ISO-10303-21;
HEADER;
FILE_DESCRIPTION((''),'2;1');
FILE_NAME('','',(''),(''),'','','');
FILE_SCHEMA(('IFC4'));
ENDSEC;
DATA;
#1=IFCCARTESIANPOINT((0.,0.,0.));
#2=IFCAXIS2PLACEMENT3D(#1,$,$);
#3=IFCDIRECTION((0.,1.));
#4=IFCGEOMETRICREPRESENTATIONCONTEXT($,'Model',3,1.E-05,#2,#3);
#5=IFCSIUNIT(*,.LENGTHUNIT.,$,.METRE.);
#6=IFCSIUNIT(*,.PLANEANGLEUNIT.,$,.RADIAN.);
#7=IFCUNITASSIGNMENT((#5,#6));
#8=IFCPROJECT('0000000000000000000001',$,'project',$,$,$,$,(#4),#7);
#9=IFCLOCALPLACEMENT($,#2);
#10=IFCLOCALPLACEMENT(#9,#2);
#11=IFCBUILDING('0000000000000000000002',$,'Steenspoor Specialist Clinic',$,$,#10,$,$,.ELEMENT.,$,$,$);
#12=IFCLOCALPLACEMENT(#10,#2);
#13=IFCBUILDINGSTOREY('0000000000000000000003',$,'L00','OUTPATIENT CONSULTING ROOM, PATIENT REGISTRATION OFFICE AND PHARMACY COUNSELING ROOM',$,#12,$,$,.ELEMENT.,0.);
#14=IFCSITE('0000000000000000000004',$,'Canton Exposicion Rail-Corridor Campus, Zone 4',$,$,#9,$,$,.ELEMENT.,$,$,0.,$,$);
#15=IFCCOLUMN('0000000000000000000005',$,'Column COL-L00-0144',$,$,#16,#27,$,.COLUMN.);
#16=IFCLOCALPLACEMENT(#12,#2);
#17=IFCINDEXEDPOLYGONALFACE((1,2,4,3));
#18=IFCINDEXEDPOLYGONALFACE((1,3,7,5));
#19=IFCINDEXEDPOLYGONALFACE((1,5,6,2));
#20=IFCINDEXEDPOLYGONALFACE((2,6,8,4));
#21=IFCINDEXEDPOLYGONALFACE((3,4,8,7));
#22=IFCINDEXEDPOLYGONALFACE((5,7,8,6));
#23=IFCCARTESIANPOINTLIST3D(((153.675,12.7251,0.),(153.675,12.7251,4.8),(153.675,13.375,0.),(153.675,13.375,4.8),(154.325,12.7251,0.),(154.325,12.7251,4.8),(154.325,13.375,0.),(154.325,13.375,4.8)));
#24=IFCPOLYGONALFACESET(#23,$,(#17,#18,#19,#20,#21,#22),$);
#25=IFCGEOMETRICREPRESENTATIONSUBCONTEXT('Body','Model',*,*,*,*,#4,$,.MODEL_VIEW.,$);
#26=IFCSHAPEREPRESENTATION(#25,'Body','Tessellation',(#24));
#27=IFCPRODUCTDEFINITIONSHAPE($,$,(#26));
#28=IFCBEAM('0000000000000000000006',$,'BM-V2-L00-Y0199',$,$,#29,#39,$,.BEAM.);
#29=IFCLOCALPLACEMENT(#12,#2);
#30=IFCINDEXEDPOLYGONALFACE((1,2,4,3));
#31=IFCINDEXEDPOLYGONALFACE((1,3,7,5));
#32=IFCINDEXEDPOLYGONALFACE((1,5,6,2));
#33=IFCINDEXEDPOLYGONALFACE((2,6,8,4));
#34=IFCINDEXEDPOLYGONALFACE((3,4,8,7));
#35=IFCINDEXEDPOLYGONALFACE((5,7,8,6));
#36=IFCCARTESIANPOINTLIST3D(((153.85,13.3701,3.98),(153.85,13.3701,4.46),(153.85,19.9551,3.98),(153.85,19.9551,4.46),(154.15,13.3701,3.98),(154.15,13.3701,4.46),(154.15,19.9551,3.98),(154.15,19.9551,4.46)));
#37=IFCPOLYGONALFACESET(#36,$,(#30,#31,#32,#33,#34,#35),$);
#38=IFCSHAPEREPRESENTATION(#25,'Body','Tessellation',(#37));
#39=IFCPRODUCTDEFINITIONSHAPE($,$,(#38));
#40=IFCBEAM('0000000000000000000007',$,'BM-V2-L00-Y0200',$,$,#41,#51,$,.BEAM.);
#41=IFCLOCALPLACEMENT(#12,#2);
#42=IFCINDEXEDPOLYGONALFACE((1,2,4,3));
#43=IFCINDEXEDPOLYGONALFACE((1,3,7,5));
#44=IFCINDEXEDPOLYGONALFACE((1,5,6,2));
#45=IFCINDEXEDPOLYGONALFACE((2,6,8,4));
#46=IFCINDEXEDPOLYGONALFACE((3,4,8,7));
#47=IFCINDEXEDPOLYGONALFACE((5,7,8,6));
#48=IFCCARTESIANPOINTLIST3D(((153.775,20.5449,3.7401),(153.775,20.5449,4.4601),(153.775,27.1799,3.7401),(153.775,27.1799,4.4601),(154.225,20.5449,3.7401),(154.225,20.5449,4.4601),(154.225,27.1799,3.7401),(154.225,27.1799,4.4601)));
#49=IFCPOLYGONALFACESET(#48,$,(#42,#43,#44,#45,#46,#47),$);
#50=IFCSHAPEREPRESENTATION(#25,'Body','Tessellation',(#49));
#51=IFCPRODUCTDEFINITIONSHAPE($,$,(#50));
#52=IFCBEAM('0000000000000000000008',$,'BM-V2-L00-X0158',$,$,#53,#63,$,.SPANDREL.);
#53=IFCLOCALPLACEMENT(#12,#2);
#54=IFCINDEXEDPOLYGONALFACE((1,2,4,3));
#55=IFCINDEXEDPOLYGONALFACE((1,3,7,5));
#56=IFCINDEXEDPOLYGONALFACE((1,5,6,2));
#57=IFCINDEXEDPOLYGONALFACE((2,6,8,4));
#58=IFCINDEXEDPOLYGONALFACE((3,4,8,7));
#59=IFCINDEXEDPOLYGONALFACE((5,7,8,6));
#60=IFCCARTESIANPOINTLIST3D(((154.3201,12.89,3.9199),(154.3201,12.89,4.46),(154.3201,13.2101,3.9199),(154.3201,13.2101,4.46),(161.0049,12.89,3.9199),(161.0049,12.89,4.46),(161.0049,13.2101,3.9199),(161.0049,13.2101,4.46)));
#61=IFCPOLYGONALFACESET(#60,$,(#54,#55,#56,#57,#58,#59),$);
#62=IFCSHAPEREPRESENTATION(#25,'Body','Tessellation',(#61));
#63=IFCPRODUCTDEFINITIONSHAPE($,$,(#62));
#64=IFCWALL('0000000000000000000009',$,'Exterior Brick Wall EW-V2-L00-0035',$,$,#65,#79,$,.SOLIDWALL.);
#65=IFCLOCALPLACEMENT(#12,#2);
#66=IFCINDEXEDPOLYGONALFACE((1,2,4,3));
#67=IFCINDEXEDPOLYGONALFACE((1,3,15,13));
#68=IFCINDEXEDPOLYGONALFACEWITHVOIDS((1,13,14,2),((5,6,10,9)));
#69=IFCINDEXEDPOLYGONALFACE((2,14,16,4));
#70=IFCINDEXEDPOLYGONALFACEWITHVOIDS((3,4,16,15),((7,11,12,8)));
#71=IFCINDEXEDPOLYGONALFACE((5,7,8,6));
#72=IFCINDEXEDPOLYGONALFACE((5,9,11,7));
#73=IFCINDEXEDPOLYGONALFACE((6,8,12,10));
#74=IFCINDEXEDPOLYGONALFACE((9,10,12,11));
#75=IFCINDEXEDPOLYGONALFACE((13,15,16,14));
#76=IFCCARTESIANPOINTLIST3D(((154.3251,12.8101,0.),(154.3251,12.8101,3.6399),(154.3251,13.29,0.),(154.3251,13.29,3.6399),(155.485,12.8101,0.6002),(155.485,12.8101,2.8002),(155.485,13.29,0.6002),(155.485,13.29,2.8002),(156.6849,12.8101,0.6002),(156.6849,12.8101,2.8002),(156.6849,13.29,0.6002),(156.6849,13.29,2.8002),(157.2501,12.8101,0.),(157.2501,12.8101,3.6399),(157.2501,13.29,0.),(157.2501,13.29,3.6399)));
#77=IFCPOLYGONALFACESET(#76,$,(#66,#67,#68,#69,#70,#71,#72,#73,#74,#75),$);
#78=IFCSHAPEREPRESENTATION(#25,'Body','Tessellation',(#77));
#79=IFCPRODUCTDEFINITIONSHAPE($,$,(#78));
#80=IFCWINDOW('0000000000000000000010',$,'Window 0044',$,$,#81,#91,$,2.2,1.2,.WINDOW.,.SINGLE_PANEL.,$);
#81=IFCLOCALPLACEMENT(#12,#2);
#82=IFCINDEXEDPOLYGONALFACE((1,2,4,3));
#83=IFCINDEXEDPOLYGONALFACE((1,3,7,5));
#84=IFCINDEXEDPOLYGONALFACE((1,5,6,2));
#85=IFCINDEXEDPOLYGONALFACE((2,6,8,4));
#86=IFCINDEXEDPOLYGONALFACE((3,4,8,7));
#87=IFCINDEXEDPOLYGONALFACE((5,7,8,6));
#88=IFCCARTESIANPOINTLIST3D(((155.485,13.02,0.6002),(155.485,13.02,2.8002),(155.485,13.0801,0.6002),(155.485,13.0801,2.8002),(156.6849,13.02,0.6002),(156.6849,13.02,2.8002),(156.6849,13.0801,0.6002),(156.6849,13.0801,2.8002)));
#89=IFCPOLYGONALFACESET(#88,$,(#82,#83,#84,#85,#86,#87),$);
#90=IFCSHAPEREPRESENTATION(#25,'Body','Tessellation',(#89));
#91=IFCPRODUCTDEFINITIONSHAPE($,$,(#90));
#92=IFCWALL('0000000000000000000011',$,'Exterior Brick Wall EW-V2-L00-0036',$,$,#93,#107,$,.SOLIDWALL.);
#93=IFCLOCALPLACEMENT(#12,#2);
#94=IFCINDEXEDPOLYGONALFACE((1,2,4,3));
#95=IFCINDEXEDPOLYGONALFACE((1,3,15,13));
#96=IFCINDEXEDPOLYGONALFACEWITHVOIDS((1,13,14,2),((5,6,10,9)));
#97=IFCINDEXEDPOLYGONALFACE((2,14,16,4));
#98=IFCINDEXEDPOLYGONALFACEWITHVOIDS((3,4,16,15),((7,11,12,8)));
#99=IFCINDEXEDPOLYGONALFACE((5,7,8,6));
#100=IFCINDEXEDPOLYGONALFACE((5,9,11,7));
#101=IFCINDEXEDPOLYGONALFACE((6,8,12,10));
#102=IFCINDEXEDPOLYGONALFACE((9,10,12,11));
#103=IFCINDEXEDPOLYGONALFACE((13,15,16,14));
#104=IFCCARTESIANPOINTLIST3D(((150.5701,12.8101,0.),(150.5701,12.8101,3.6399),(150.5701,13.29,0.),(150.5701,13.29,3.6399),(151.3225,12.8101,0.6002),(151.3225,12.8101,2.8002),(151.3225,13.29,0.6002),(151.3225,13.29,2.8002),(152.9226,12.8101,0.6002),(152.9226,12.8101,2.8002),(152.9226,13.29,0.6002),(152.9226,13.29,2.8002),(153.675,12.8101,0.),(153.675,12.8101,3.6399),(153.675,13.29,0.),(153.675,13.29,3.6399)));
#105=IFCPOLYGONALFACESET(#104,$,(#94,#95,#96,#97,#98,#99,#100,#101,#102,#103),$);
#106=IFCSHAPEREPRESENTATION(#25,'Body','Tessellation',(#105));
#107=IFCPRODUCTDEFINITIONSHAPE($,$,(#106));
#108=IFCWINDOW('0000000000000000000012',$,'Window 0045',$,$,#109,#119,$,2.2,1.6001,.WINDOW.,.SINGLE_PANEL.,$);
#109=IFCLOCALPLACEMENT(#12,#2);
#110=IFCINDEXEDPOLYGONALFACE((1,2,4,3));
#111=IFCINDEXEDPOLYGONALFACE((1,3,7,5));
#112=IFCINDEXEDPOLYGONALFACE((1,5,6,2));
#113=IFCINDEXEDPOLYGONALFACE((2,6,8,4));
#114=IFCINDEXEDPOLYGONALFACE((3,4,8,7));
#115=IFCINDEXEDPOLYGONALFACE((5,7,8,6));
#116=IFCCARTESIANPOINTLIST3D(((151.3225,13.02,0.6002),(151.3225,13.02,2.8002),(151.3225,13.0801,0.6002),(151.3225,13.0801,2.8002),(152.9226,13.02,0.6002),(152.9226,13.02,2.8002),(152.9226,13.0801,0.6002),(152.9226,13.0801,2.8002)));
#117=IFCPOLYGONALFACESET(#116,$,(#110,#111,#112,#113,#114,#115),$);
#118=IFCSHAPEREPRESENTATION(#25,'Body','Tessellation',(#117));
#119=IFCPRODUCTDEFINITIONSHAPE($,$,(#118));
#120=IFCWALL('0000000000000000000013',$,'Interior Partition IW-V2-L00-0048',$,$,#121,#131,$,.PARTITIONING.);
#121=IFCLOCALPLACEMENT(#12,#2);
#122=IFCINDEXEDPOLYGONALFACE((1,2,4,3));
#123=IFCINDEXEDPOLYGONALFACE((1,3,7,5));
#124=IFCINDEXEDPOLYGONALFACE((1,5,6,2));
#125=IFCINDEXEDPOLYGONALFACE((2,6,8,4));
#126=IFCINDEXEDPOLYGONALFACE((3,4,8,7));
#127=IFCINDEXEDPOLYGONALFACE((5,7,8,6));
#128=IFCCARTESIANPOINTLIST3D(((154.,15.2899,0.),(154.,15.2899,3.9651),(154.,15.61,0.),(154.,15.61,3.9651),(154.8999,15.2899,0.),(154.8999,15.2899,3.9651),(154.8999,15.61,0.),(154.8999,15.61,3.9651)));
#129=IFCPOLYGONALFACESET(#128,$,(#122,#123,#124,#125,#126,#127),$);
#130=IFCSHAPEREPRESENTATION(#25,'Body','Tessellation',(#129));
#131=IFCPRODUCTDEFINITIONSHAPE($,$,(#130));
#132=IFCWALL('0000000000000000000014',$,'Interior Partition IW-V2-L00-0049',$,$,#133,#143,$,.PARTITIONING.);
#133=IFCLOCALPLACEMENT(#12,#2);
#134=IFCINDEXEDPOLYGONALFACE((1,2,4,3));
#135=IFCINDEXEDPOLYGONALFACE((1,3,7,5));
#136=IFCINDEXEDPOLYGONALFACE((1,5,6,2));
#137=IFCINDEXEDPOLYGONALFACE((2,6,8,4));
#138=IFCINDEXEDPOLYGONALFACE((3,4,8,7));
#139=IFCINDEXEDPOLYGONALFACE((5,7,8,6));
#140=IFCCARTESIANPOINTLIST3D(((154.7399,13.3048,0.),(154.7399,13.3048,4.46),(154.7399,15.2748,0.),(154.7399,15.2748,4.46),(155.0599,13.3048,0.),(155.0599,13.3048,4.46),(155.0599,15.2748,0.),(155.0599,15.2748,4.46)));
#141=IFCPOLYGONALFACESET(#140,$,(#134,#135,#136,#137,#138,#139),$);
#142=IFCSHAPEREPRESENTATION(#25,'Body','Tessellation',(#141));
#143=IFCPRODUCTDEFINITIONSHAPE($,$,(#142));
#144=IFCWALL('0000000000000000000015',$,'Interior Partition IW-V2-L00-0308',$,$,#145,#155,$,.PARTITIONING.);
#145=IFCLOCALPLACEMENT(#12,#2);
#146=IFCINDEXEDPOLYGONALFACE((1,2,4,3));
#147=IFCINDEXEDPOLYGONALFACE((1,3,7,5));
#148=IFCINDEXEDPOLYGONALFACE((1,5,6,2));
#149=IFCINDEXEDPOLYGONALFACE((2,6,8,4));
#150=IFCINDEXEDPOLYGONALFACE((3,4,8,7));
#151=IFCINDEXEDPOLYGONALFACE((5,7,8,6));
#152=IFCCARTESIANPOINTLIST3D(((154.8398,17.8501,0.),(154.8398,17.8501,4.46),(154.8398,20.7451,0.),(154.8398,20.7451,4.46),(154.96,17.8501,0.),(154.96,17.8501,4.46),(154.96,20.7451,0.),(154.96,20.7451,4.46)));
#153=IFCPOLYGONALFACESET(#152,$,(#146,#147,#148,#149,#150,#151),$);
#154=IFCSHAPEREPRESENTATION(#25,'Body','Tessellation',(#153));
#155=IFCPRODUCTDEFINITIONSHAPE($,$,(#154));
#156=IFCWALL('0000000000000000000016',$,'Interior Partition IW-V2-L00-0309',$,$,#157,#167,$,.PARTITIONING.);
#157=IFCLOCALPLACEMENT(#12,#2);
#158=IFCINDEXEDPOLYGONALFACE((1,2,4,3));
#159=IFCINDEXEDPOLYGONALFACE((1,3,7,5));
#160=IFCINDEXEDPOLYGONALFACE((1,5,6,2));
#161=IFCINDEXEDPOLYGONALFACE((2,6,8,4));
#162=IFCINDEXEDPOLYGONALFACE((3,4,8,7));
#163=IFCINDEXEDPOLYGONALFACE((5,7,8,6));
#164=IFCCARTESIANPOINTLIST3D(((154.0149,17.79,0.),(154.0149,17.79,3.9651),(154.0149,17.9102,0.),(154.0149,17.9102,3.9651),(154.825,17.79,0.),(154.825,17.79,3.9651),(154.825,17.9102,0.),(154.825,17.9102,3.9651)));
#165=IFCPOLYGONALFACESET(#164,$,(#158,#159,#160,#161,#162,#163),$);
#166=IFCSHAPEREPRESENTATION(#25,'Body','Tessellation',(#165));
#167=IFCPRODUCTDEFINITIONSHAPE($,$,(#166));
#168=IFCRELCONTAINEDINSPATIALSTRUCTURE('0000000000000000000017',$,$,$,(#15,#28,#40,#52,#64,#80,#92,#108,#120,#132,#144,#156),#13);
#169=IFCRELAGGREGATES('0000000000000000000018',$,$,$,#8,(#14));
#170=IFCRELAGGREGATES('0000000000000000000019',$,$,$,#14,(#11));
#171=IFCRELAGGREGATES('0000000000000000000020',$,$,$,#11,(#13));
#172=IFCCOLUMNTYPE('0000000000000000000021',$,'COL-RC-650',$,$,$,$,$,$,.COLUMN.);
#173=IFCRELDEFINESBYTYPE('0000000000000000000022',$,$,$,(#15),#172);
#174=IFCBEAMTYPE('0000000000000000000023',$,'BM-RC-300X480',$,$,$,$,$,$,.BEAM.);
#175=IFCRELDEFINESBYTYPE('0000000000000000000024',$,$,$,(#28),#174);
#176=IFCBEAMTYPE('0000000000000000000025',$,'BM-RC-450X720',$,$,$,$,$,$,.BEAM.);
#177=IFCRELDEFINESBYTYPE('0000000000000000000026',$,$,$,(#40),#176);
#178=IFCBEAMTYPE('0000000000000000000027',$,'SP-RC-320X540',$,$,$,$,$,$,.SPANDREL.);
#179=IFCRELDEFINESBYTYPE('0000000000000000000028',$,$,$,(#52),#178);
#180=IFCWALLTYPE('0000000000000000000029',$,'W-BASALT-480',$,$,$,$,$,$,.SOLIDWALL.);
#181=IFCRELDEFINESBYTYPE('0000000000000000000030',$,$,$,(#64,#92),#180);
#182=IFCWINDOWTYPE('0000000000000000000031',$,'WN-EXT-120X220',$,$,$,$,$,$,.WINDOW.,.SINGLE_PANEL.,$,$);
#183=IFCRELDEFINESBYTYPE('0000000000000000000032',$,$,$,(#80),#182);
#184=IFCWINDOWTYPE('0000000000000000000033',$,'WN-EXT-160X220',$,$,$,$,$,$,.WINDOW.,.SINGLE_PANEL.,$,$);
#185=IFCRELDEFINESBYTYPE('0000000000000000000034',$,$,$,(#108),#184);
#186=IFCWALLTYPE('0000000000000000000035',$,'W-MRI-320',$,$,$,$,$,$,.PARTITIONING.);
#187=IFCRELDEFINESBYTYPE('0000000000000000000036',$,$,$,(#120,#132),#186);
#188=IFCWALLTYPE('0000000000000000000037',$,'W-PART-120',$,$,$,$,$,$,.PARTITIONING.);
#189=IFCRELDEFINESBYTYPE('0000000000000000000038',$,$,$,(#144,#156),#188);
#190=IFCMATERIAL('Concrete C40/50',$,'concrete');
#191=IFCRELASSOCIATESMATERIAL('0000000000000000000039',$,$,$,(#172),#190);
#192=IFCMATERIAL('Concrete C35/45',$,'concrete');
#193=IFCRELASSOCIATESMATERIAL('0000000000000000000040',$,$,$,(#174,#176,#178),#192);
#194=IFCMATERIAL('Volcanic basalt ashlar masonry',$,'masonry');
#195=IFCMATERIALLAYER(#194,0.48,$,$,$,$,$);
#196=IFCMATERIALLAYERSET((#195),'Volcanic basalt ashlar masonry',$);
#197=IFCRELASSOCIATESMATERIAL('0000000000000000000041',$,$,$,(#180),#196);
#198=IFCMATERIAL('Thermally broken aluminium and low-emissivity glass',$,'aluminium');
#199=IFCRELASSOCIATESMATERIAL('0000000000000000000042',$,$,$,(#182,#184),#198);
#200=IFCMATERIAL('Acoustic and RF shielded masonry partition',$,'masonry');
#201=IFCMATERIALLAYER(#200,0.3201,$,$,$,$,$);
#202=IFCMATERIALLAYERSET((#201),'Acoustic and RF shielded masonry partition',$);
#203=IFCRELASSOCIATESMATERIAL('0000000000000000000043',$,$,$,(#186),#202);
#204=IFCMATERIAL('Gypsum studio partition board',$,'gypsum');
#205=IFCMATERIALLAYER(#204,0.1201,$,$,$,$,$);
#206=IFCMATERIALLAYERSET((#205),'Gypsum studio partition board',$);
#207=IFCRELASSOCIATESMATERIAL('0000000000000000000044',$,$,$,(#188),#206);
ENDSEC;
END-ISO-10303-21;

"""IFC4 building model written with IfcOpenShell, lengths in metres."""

from ifc_helpers import new_model, si_unit, direction, frame, frame_2d, origin, origin_2d, place, context, subcontext, project, spatial, rectangle, extrude, material, layer, layer_set, material_profile, profile_set, type_object, element, fill, save


model = new_model("IFC4")

# Units and contexts
model_context = context("Model", 3, precision=1e-05, world=origin(), true_north=direction((0.0, 1.0)))
body_context = subcontext(model_context, "Body", "Model", "MODEL_VIEW")
ifc_project = project(units=[si_unit("LENGTHUNIT", "METRE"), si_unit("PLANEANGLEUNIT", "RADIAN")], contexts=[model_context])

# Site, building, storey
site_placement = place(None, origin())
site = spatial("IfcSite", under=ifc_project, at=site_placement, Name="Canton Exposicion Rail-Corridor Campus, Zone 4", CompositionType="ELEMENT", RefElevation=0.0)
building_placement = place(site_placement, origin())
building = spatial("IfcBuilding", under=site, at=building_placement, Name="Steenspoor Specialist Clinic", CompositionType="ELEMENT")
storey_placement = place(building_placement, origin())
storey = spatial("IfcBuildingStorey", under=building, at=storey_placement, Name="L00", Description="OUTPATIENT CONSULTING ROOM, PATIENT REGISTRATION OFFICE AND PHARMACY COUNSELING ROOM", CompositionType="ELEMENT", Elevation=0.0)

# Shared definitions
ifc_material_1 = material(Name="Concrete C35/45", Category="concrete")

# Column
ifc_material_2 = material(Name="Concrete C40/50", Category="concrete")
ifc_material_profile_1 = material_profile(ifc_material_2, rectangle(XDim=0.6499, YDim=0.6499, at=origin_2d()), Name="RC-COL-650X650")
ifc_profile_set_1 = profile_set([ifc_material_profile_1], Name="Concrete C40/50")
column_type_1 = type_object("IfcColumnType", Name="COL-RC-650", PredefinedType="COLUMN", material=ifc_profile_set_1)
column_1_placement = place(storey_placement, frame((154.0, 13.05, 0.0), z_axis=(0.0, 0.0, 1.0), x_axis=(1.0, 0.0, 0.0)))
element("IfcColumn", 1, at=column_1_placement, inside=storey, type_object=column_type_1, Name="Column COL-L00-0144", PredefinedType="COLUMN", context=body_context, shape_type="SweptSolid", body=[
    extrude(rectangle(XDim=0.6499, YDim=0.6499, at=origin_2d()), origin(), (0.0, 0.0, 1.0), 4.8),
])

# Beams
ifc_material_profile_2 = material_profile(ifc_material_1, rectangle(XDim=0.3, YDim=0.48, at=origin_2d()), Name="RC-BM-300X480")
ifc_profile_set_2 = profile_set([ifc_material_profile_2], Name="Concrete C35/45")
beam_type_1 = type_object("IfcBeamType", Name="BM-RC-300X480", PredefinedType="BEAM", material=ifc_profile_set_2)
beam_1_placement = place(storey_placement, frame((154.0, 13.3701, 4.22), z_axis=(0.0, 1.0, 0.0), x_axis=(-1.0, 0.0, 0.0)))
element("IfcBeam", 2, at=beam_1_placement, inside=storey, type_object=beam_type_1, Name="BM-V2-L00-Y0199", PredefinedType="BEAM", context=body_context, shape_type="SweptSolid", body=[
    extrude(rectangle(XDim=0.3, YDim=0.48, at=origin_2d()), origin(), (0.0, 0.0, 1.0), 6.585),
])
ifc_material_profile_3 = material_profile(ifc_material_1, rectangle(XDim=0.45, YDim=0.72, at=origin_2d()), Name="RC-BM-450X720")
ifc_profile_set_3 = profile_set([ifc_material_profile_3], Name="Concrete C35/45")
beam_type_2 = type_object("IfcBeamType", Name="BM-RC-450X720", PredefinedType="BEAM", material=ifc_profile_set_3)
beam_2_placement = place(storey_placement, frame((154.0, 20.5449, 4.1001), z_axis=(0.0, 1.0, 0.0), x_axis=(-1.0, 0.0, 0.0)))
element("IfcBeam", 3, at=beam_2_placement, inside=storey, type_object=beam_type_2, Name="BM-V2-L00-Y0200", PredefinedType="BEAM", context=body_context, shape_type="SweptSolid", body=[
    extrude(rectangle(XDim=0.45, YDim=0.72, at=origin_2d()), origin(), (0.0, 0.0, 1.0), 6.635),
])
ifc_material_profile_4 = material_profile(ifc_material_1, rectangle(XDim=0.3201, YDim=0.54, at=origin_2d()), Name="RC-SP-320X540")
ifc_profile_set_4 = profile_set([ifc_material_profile_4], Name="Concrete C35/45")
beam_type_3 = type_object("IfcBeamType", Name="SP-RC-320X540", PredefinedType="SPANDREL", material=ifc_profile_set_4)
beam_3_placement = place(storey_placement, frame((154.3201, 13.05, 4.1899), z_axis=(1.0, 0.0, 0.0), x_axis=(0.0, 1.0, 0.0)))
element("IfcBeam", 4, at=beam_3_placement, inside=storey, type_object=beam_type_3, Name="BM-V2-L00-X0158", PredefinedType="SPANDREL", context=body_context, shape_type="SweptSolid", body=[
    extrude(rectangle(XDim=0.3201, YDim=0.54, at=origin_2d()), origin(), (0.0, 0.0, 1.0), 6.6848),
])

# Walls, openings, windows
ifc_material_3 = material(Name="Volcanic basalt ashlar masonry", Category="masonry")
ifc_layer_1 = layer(ifc_material_3, 0.48)
ifc_layer_set_1 = layer_set([ifc_layer_1], Name="Volcanic basalt ashlar masonry")
wall_type_1 = type_object("IfcWallType", Name="W-BASALT-480", PredefinedType="SOLIDWALL", material=ifc_layer_set_1)
wall_1_placement = place(storey_placement, frame((157.25, 13.05, 0.0), z_axis=(0.0, 0.0, 1.0), x_axis=(-1.0, 0.0, 0.0)))
wall_1 = element("IfcWall", 5, at=wall_1_placement, inside=storey, type_object=wall_type_1, Name="Exterior Brick Wall EW-V2-L00-0035", PredefinedType="SOLIDWALL", context=body_context, shape_type="SweptSolid", body=[
    extrude(rectangle(XDim=2.925, YDim=0.48, at=frame_2d((1.4624, 0.0))), origin(), (0.0, 0.0, 1.0), 3.6399),
])
opening_1_placement = place(wall_1_placement, frame((0.5649, 0.0, 0.6001)))
opening_1 = element("IfcOpeningElement", 6, at=opening_1_placement, cuts=wall_1, PredefinedType="OPENING", context=body_context, shape_type="SweptSolid", body=[
    extrude(rectangle(XDim=1.2, YDim=2.2, at=frame_2d((0.6001, 1.1001))), frame((0.0, 0.25, 0.0), z_axis=(0.0, -1.0, 0.0), x_axis=(1.0, 0.0, 0.0)), (0.0, 0.0, 1.0), 0.5),
])
ifc_material_4 = material(Name="Thermally broken aluminium and low-emissivity glass", Category="aluminium")
window_type_1 = type_object("IfcWindowType", Name="WN-EXT-120X220", PartitioningType="SINGLE_PANEL", PredefinedType="WINDOW", material=ifc_material_4)
window_1_placement = place(opening_1_placement, origin())
window_1 = element("IfcWindow", 7, at=window_1_placement, inside=storey, type_object=window_type_1, Name="Window 0044", OverallHeight=2.2, OverallWidth=1.2, PartitioningType="SINGLE_PANEL", PredefinedType="WINDOW", context=body_context, shape_type="SweptSolid", body=[
    extrude(rectangle(XDim=1.2, YDim=2.2, at=frame_2d((0.6001, 1.1001))), frame((0.0, 0.03, 0.0), z_axis=(0.0, -1.0, 0.0), x_axis=(1.0, 0.0, 0.0)), (0.0, 0.0, 1.0), 0.0601),
])
fill(opening_1, window_1)
wall_2_placement = place(storey_placement, frame((153.675, 13.05, 0.0), z_axis=(0.0, 0.0, 1.0), x_axis=(-1.0, 0.0, 0.0)))
wall_2 = element("IfcWall", 8, at=wall_2_placement, inside=storey, type_object=wall_type_1, Name="Exterior Brick Wall EW-V2-L00-0036", PredefinedType="SOLIDWALL", context=body_context, shape_type="SweptSolid", body=[
    extrude(rectangle(XDim=3.105, YDim=0.48, at=frame_2d((1.5525, 0.0))), origin(), (0.0, 0.0, 1.0), 3.6399),
])
opening_2_placement = place(wall_2_placement, frame((0.7524, 0.0, 0.6001)))
opening_2 = element("IfcOpeningElement", 9, at=opening_2_placement, cuts=wall_2, PredefinedType="OPENING", context=body_context, shape_type="SweptSolid", body=[
    extrude(rectangle(XDim=1.6001, YDim=2.2, at=frame_2d((0.8, 1.1001))), frame((0.0, 0.25, 0.0), z_axis=(0.0, -1.0, 0.0), x_axis=(1.0, 0.0, 0.0)), (0.0, 0.0, 1.0), 0.5),
])
window_type_2 = type_object("IfcWindowType", Name="WN-EXT-160X220", PartitioningType="SINGLE_PANEL", PredefinedType="WINDOW", material=ifc_material_4)
window_2_placement = place(opening_2_placement, origin())
window_2 = element("IfcWindow", 10, at=window_2_placement, inside=storey, type_object=window_type_2, Name="Window 0045", OverallHeight=2.2, OverallWidth=1.6001, PartitioningType="SINGLE_PANEL", PredefinedType="WINDOW", context=body_context, shape_type="SweptSolid", body=[
    extrude(rectangle(XDim=1.6001, YDim=2.2, at=frame_2d((0.8, 1.1001))), frame((0.0, 0.03, 0.0), z_axis=(0.0, -1.0, 0.0), x_axis=(1.0, 0.0, 0.0)), (0.0, 0.0, 1.0), 0.0601),
])
fill(opening_2, window_2)

# Walls
ifc_material_5 = material(Name="Acoustic and RF shielded masonry partition", Category="masonry")
ifc_layer_2 = layer(ifc_material_5, 0.3201)
ifc_layer_set_2 = layer_set([ifc_layer_2], Name="Acoustic and RF shielded masonry partition")
wall_type_2 = type_object("IfcWallType", Name="W-MRI-320", PredefinedType="PARTITIONING", material=ifc_layer_set_2)
wall_3_placement = place(storey_placement, frame((154.0, 15.45, 0.0), z_axis=(0.0, 0.0, 1.0), x_axis=(1.0, 0.0, 0.0)))
element("IfcWall", 11, at=wall_3_placement, inside=storey, type_object=wall_type_2, Name="Interior Partition IW-V2-L00-0048", PredefinedType="PARTITIONING", context=body_context, shape_type="SweptSolid", body=[
    extrude(rectangle(XDim=0.8999, YDim=0.3201, at=frame_2d((0.45, 0.0))), origin(), (0.0, 0.0, 1.0), 3.9651),
])
wall_4_placement = place(storey_placement, frame((154.8999, 13.3049, 0.0), z_axis=(0.0, 0.0, 1.0), x_axis=(0.0, 1.0, 0.0)))
element("IfcWall", 12, at=wall_4_placement, inside=storey, type_object=wall_type_2, Name="Interior Partition IW-V2-L00-0049", PredefinedType="PARTITIONING", context=body_context, shape_type="SweptSolid", body=[
    extrude(rectangle(XDim=1.97, YDim=0.3201, at=frame_2d((0.9849, 0.0))), origin(), (0.0, 0.0, 1.0), 4.46),
])
ifc_material_6 = material(Name="Gypsum studio partition board", Category="gypsum")
ifc_layer_3 = layer(ifc_material_6, 0.1201)
ifc_layer_set_3 = layer_set([ifc_layer_3], Name="Gypsum studio partition board")
wall_type_3 = type_object("IfcWallType", Name="W-PART-120", PredefinedType="PARTITIONING", material=ifc_layer_set_3)
wall_5_placement = place(storey_placement, frame((154.8999, 17.8501, 0.0), z_axis=(0.0, 0.0, 1.0), x_axis=(0.0, 1.0, 0.0)))
element("IfcWall", 13, at=wall_5_placement, inside=storey, type_object=wall_type_3, Name="Interior Partition IW-V2-L00-0308", PredefinedType="PARTITIONING", context=body_context, shape_type="SweptSolid", body=[
    extrude(rectangle(XDim=2.895, YDim=0.1201, at=frame_2d((1.4475, 0.0))), origin(), (0.0, 0.0, 1.0), 4.46),
])
wall_6_placement = place(storey_placement, frame((154.0149, 17.8501, 0.0), z_axis=(0.0, 0.0, 1.0), x_axis=(1.0, 0.0, 0.0)))
element("IfcWall", 14, at=wall_6_placement, inside=storey, type_object=wall_type_3, Name="Interior Partition IW-V2-L00-0309", PredefinedType="PARTITIONING", context=body_context, shape_type="SweptSolid", body=[
    extrude(rectangle(XDim=0.8101, YDim=0.1201, at=frame_2d((0.405, 0.0))), origin(), (0.0, 0.0, 1.0), 3.9651),
])

save(model, "model.ifc")
